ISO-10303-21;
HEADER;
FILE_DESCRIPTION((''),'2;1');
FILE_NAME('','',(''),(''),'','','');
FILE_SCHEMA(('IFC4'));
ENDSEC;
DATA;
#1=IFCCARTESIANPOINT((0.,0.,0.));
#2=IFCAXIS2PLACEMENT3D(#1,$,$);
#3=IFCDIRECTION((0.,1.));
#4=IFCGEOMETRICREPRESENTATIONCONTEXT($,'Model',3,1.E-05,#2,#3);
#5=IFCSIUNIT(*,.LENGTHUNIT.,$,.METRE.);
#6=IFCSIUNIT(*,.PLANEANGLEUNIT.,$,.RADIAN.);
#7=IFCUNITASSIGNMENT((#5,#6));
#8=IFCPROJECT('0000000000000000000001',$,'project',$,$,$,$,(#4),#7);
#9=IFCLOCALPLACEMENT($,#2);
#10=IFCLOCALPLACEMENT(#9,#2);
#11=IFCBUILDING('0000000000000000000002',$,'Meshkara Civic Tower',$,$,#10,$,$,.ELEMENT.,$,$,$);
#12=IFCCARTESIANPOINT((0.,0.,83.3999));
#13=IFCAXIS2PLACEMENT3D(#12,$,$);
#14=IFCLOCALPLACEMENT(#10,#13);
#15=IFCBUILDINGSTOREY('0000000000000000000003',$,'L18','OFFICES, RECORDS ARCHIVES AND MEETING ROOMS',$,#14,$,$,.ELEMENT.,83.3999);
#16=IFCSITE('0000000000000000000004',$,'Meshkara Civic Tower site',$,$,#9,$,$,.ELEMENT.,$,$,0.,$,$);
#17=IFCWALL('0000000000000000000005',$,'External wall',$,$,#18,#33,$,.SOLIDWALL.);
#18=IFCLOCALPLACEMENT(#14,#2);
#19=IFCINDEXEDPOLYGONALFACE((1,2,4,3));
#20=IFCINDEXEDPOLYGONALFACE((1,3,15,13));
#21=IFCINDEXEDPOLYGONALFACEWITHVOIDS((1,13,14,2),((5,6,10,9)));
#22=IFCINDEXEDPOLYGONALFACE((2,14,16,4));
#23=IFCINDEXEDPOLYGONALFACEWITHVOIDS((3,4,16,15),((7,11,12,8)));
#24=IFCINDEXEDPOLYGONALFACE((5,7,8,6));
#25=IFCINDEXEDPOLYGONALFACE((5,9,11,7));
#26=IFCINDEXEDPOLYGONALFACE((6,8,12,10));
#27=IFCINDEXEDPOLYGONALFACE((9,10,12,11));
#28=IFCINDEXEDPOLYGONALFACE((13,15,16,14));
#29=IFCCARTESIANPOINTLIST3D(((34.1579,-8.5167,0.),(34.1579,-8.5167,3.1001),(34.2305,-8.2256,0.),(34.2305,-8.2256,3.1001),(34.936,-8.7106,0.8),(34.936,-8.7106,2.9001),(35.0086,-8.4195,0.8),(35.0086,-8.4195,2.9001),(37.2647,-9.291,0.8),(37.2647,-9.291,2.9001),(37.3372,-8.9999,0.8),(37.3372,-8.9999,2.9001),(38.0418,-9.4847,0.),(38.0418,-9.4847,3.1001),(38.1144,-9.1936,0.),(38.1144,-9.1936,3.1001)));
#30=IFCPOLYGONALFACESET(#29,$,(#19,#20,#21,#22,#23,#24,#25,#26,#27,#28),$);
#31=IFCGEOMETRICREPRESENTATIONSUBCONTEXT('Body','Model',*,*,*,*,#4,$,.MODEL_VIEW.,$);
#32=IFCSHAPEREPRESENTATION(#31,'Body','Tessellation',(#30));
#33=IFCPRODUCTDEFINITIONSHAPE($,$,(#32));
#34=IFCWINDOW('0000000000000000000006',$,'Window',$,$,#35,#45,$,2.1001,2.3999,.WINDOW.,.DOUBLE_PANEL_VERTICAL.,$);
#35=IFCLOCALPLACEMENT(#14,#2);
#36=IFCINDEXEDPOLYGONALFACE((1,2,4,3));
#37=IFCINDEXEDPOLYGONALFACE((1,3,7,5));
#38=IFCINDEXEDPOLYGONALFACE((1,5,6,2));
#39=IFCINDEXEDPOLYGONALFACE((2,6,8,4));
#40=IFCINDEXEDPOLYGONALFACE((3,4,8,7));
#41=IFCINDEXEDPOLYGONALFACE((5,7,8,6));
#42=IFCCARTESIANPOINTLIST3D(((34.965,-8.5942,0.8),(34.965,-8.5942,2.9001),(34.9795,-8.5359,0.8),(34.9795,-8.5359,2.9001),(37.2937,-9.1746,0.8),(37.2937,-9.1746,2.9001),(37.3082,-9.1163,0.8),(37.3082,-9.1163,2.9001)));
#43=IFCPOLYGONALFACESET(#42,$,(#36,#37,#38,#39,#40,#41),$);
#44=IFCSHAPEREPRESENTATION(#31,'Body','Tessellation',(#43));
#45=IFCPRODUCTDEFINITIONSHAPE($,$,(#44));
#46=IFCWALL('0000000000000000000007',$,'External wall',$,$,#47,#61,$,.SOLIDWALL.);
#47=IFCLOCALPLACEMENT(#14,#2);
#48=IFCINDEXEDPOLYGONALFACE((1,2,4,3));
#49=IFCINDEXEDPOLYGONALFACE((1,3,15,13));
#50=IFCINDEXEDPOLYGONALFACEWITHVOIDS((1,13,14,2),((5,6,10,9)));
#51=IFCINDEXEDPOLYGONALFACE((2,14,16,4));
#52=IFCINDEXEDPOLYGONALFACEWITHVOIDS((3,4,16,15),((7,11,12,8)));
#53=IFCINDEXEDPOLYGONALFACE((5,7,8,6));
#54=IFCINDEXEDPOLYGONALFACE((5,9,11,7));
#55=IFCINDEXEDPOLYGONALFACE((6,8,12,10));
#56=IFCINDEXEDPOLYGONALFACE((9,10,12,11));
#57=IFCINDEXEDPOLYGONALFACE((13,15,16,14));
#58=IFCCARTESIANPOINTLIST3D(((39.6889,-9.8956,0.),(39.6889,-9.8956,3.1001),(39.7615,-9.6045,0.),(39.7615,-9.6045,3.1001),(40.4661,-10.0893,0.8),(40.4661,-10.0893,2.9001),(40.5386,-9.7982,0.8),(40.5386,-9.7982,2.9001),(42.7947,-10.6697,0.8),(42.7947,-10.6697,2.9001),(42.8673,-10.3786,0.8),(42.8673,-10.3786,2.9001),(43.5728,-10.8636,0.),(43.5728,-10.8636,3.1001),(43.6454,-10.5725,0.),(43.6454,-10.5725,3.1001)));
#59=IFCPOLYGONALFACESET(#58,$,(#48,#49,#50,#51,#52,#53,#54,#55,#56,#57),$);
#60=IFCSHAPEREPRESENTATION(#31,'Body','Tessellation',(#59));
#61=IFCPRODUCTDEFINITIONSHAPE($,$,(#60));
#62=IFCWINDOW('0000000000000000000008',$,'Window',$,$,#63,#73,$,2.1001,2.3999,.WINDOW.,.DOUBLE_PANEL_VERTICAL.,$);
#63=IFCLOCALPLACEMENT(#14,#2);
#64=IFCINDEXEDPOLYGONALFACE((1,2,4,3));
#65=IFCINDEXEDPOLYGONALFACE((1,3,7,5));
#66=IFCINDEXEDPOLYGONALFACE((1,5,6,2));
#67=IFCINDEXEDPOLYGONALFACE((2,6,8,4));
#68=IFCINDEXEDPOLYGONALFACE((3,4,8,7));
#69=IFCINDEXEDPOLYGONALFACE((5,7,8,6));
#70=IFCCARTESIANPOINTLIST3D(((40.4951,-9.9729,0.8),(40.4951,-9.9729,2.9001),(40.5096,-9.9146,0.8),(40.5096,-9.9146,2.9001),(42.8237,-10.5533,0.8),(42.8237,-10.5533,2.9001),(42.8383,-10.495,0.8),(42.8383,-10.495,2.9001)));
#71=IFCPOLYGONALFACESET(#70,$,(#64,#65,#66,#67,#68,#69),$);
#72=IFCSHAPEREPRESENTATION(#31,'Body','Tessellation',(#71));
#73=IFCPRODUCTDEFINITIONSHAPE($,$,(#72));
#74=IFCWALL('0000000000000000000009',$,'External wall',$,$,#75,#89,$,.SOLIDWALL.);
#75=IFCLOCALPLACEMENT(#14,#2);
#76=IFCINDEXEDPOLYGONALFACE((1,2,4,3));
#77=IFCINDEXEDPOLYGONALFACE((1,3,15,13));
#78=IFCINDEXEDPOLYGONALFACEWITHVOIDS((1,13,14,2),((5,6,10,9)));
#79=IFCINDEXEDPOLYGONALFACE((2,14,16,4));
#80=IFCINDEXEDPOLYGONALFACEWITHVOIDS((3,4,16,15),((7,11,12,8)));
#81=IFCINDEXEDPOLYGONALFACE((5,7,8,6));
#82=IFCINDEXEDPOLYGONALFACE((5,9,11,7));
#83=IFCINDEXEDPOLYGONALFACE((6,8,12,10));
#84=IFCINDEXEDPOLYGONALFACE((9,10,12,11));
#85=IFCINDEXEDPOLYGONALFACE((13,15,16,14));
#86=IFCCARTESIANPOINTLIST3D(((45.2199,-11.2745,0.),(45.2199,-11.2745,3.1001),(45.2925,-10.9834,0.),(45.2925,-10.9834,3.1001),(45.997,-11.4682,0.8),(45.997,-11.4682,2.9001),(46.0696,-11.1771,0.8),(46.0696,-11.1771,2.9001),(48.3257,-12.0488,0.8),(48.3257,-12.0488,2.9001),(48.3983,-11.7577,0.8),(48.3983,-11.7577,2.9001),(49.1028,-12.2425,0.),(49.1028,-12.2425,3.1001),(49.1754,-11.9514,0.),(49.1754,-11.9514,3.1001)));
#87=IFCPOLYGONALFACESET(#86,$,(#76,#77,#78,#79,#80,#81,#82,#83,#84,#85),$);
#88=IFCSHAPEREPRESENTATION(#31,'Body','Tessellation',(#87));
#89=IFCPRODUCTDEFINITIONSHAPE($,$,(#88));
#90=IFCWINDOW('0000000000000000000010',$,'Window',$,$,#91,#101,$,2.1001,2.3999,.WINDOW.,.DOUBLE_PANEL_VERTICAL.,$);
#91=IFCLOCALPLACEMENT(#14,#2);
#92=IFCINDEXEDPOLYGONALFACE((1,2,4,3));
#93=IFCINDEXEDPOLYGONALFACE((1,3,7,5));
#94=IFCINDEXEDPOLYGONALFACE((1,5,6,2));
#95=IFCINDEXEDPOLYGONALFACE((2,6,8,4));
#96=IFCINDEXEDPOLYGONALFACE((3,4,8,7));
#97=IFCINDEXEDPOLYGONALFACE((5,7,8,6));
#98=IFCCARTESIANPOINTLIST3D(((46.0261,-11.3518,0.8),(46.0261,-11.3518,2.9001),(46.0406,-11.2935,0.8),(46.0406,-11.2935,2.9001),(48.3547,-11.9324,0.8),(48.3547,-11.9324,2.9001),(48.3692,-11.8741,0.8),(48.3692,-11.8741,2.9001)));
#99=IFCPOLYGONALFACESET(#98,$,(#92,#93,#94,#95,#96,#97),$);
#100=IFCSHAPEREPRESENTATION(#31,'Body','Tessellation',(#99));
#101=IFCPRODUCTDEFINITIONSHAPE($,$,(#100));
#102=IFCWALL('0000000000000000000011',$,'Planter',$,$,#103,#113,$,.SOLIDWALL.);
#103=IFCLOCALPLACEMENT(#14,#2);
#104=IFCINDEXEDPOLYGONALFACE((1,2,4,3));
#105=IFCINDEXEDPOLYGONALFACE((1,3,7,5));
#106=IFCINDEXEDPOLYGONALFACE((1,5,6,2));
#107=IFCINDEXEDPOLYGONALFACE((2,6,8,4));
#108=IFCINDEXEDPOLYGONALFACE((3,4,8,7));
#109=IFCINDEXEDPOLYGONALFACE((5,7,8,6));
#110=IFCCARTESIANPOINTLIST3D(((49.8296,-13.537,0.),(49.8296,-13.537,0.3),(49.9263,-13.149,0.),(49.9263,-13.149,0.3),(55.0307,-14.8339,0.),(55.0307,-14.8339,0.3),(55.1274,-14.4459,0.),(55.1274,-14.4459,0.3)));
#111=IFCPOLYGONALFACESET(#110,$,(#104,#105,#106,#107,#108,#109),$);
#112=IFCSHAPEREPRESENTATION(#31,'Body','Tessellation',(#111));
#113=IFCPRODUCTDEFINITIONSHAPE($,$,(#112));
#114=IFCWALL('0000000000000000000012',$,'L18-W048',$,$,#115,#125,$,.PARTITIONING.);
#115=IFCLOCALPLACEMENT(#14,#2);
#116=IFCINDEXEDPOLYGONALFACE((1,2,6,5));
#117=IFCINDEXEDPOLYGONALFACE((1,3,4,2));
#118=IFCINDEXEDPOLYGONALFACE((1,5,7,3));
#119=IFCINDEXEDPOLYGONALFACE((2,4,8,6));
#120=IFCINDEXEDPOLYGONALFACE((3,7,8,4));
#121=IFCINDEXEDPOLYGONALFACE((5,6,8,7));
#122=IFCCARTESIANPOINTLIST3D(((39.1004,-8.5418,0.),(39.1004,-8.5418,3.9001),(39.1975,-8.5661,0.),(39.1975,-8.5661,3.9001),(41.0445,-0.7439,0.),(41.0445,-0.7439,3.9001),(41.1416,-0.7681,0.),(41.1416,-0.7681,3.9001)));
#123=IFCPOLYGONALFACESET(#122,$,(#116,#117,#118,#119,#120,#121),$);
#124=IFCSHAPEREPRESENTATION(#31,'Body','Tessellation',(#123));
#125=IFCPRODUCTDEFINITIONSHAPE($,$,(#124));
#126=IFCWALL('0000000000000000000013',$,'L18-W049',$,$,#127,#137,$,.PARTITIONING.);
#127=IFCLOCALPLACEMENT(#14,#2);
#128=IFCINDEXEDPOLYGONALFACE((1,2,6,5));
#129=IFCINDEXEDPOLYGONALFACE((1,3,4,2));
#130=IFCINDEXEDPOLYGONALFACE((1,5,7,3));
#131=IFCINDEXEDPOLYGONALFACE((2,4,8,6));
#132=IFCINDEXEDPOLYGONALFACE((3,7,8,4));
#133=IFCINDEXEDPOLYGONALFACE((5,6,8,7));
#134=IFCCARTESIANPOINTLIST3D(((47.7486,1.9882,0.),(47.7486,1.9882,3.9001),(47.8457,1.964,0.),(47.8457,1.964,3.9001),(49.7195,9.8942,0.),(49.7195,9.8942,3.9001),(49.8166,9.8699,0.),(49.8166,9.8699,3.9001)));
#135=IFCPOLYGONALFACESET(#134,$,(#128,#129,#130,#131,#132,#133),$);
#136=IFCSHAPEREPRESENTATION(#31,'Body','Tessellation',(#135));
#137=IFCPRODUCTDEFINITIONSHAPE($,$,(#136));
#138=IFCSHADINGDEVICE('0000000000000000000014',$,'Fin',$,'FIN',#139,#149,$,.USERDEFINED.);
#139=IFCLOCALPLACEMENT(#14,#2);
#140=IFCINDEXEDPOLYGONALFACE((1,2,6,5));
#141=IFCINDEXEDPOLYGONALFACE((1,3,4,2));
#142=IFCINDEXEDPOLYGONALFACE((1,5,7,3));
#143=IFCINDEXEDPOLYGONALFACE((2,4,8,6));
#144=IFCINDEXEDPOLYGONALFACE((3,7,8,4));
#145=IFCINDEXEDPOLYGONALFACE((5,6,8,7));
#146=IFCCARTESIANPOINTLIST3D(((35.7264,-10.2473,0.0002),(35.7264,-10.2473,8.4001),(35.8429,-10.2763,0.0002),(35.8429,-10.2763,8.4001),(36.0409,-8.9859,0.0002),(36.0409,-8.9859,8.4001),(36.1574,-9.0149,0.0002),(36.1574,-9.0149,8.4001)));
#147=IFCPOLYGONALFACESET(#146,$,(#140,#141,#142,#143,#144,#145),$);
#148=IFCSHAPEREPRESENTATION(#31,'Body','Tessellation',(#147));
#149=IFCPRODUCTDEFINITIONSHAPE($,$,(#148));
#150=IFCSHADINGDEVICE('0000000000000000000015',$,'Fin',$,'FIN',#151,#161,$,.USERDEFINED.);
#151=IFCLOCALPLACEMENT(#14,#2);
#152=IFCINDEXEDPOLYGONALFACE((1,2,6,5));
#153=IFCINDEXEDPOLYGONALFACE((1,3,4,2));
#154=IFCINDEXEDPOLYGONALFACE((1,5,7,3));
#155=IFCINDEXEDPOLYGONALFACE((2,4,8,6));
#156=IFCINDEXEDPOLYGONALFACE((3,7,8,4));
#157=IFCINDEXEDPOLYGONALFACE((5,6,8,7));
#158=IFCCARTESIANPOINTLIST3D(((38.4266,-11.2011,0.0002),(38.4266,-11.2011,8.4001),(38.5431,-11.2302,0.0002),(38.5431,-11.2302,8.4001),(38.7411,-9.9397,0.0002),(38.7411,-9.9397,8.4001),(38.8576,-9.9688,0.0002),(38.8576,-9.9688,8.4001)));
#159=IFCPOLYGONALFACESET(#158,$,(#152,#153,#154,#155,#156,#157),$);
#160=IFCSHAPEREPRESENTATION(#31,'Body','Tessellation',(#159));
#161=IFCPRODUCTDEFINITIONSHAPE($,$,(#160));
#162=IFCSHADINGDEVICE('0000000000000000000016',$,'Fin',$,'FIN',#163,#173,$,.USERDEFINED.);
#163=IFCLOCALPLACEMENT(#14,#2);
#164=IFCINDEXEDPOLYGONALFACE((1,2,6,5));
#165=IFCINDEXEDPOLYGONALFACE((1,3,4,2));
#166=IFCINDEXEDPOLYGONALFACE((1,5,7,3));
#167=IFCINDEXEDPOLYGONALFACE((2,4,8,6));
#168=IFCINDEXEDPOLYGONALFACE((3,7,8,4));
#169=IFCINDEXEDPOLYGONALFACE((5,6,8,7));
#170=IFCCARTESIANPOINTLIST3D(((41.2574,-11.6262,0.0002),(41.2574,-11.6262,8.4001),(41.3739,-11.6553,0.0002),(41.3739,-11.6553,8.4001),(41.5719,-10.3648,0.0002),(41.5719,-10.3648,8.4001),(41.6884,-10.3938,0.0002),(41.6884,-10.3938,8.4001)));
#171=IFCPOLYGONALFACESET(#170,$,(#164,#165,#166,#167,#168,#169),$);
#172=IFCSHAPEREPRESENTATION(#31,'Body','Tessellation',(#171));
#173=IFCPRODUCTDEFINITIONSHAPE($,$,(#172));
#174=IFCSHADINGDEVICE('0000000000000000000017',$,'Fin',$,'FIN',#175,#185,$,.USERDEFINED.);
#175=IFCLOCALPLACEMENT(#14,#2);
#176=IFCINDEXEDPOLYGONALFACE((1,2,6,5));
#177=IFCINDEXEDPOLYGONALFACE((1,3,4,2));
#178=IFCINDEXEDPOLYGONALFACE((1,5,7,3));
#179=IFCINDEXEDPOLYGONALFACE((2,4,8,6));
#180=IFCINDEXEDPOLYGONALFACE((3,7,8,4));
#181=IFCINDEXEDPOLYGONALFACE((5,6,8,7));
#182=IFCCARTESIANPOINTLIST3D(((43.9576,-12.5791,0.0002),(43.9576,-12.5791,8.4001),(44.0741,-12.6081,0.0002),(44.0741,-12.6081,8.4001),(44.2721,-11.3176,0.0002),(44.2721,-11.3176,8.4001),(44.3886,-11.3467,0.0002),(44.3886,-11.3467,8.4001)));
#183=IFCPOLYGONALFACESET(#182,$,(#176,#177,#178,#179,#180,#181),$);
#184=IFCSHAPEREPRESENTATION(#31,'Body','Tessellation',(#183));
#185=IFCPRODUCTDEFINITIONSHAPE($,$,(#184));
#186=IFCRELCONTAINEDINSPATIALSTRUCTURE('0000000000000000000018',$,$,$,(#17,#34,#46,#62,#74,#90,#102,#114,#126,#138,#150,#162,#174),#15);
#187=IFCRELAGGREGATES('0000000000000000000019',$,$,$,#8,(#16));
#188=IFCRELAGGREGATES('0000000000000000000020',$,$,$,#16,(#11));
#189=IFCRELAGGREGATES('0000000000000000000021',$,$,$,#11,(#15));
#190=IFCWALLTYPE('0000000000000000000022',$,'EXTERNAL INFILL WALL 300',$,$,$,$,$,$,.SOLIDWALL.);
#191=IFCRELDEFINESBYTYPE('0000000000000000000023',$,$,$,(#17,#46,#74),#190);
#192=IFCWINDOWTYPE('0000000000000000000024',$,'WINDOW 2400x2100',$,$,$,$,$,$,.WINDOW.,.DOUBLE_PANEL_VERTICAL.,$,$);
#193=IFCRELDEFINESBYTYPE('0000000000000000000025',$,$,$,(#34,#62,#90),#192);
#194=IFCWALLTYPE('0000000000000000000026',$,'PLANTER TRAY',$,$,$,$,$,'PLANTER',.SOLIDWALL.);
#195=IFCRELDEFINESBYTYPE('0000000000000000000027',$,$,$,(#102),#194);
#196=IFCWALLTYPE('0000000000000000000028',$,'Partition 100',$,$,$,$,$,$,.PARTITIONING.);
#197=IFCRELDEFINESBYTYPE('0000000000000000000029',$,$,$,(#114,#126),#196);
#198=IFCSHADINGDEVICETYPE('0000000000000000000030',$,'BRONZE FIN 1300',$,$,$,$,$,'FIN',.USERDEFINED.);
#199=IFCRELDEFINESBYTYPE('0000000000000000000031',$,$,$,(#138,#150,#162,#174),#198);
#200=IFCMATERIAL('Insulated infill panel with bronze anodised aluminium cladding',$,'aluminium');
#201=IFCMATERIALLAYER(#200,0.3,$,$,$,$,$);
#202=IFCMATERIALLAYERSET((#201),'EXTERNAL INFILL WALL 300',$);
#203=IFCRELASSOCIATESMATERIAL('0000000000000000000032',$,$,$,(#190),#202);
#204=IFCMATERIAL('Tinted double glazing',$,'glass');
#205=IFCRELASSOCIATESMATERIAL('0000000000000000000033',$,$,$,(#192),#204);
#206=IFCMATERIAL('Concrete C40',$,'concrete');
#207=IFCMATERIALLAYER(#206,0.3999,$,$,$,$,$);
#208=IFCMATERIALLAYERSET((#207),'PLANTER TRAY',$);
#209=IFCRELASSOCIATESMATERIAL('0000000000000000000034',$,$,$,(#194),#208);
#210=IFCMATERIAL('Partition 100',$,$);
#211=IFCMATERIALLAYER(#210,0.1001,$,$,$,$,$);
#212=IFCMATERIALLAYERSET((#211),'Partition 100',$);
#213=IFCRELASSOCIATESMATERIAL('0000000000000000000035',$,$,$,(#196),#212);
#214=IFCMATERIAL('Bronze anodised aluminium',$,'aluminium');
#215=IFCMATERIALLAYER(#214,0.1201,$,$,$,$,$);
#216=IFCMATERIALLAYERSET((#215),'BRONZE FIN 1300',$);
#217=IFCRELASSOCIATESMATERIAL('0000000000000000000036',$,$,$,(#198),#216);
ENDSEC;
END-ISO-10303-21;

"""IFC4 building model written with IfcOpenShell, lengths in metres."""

from ifc_helpers import new_model, si_unit, direction, frame, frame_2d, origin, origin_2d, place, context, subcontext, project, spatial, rectangle, extrude, material, layer, layer_set, type_object, element, fill, save


model = new_model("IFC4")

# Units and contexts
model_context = context("Model", 3, precision=1e-05, world=origin(), true_north=direction((0.0, 1.0)))
body_context = subcontext(model_context, "Body", "Model", "MODEL_VIEW")
ifc_project = project(units=[si_unit("LENGTHUNIT", "METRE"), si_unit("PLANEANGLEUNIT", "RADIAN")], contexts=[model_context])

# Site, building, storey
site_placement = place(None, origin())
site = spatial("IfcSite", under=ifc_project, at=site_placement, Name="Meshkara Civic Tower site", CompositionType="ELEMENT", RefElevation=0.0)
building_placement = place(site_placement, origin())
building = spatial("IfcBuilding", under=site, at=building_placement, Name="Meshkara Civic Tower", CompositionType="ELEMENT")
storey_placement = place(building_placement, frame((0.0, 0.0, 83.3999)))
storey = spatial("IfcBuildingStorey", under=building, at=storey_placement, Name="L18", Description="OFFICES, RECORDS ARCHIVES AND MEETING ROOMS", CompositionType="ELEMENT", Elevation=83.3999)

# Walls, openings, windows
ifc_material_1 = material(Name="Insulated infill panel with bronze anodised aluminium cladding", Category="aluminium")
ifc_layer_1 = layer(ifc_material_1, 0.3)
ifc_layer_set_1 = layer_set([ifc_layer_1], Name="EXTERNAL INFILL WALL 300")
wall_type_1 = type_object("IfcWallType", Name="EXTERNAL INFILL WALL 300", PredefinedType="SOLIDWALL", material=ifc_layer_set_1)
ifc_material_2 = material(Name="Tinted double glazing", Category="glass")
window_type = type_object("IfcWindowType", Name="WINDOW 2400x2100", PartitioningType="DOUBLE_PANEL_VERTICAL", PredefinedType="WINDOW", material=ifc_material_2)
wall_1_placement = place(storey_placement, frame((34.1941, -8.3711, 0.0), z_axis=(0.0, 0.0, 1.0), x_axis=(0.970314, -0.241847, 0.0)))
wall_1 = element("IfcWall", 1, at=wall_1_placement, inside=storey, type_object=wall_type_1, Name="External wall", PredefinedType="SOLIDWALL", context=body_context, shape_type="SweptSolid", body=[
    extrude(rectangle(XDim=4.0027, YDim=0.3, at=frame_2d((2.0015, 0.0))), origin(), (0.0, 0.0, 1.0), 3.1001),
])
opening_1_placement = place(wall_1_placement, frame((0.802, 0.0, 0.8)))
opening_1 = element("IfcOpeningElement", 2, at=opening_1_placement, cuts=wall_1, PredefinedType="OPENING", context=body_context, shape_type="SweptSolid", body=[
    extrude(rectangle(XDim=2.3999, YDim=2.1001, at=frame_2d((1.2, 1.05))), frame((0.0, 0.1599, 0.0), z_axis=(0.0, -1.0, 0.0), x_axis=(1.0, 0.0, 0.0)), (0.0, 0.0, 1.0), 0.3201),
])
window_1_placement = place(opening_1_placement, origin())
window_1 = element("IfcWindow", 3, at=window_1_placement, inside=storey, type_object=window_type, Name="Window", OverallHeight=2.1001, OverallWidth=2.3999, PartitioningType="DOUBLE_PANEL_VERTICAL", PredefinedType="WINDOW", context=body_context, shape_type="SweptSolid", body=[
    extrude(rectangle(XDim=2.3999, YDim=2.1001, at=frame_2d((1.2, 1.05))), frame((0.0, 0.03, 0.0), z_axis=(0.0, -1.0, 0.0), x_axis=(1.0, 0.0, 0.0)), (0.0, 0.0, 1.0), 0.0601),
])
fill(opening_1, window_1)
wall_2_placement = place(storey_placement, frame((39.7251, -9.75, 0.0), z_axis=(0.0, 0.0, 1.0), x_axis=(0.970314, -0.241847, 0.0)))
wall_2 = element("IfcWall", 4, at=wall_2_placement, inside=storey, type_object=wall_type_1, Name="External wall", PredefinedType="SOLIDWALL", context=body_context, shape_type="SweptSolid", body=[
    extrude(rectangle(XDim=4.0027, YDim=0.3, at=frame_2d((2.0015, 0.0))), origin(), (0.0, 0.0, 1.0), 3.1001),
])
opening_2_placement = place(wall_2_placement, frame((0.801, 0.0, 0.8)))
opening_2 = element("IfcOpeningElement", 5, at=opening_2_placement, cuts=wall_2, PredefinedType="OPENING", context=body_context, shape_type="SweptSolid", body=[
    extrude(rectangle(XDim=2.3999, YDim=2.1001, at=frame_2d((1.2, 1.05))), frame((0.0, 0.1599, 0.0), z_axis=(0.0, -1.0, 0.0), x_axis=(1.0, 0.0, 0.0)), (0.0, 0.0, 1.0), 0.3201),
])
window_2_placement = place(opening_2_placement, origin())
window_2 = element("IfcWindow", 6, at=window_2_placement, inside=storey, type_object=window_type, Name="Window", OverallHeight=2.1001, OverallWidth=2.3999, PartitioningType="DOUBLE_PANEL_VERTICAL", PredefinedType="WINDOW", context=body_context, shape_type="SweptSolid", body=[
    extrude(rectangle(XDim=2.3999, YDim=2.1001, at=frame_2d((1.2, 1.05))), frame((0.0, 0.03, 0.0), z_axis=(0.0, -1.0, 0.0), x_axis=(1.0, 0.0, 0.0)), (0.0, 0.0, 1.0), 0.0601),
])
fill(opening_2, window_2)
wall_3_placement = place(storey_placement, frame((45.2561, -11.1289, 0.0), z_axis=(0.0, 0.0, 1.0), x_axis=(0.9703, -0.241904, 0.0)))
wall_3 = element("IfcWall", 7, at=wall_3_placement, inside=storey, type_object=wall_type_1, Name="External wall", PredefinedType="SOLIDWALL", context=body_context, shape_type="SweptSolid", body=[
    extrude(rectangle(XDim=4.0017, YDim=0.3, at=frame_2d((2.001, 0.0))), origin(), (0.0, 0.0, 1.0), 3.1001),
])
opening_3_placement = place(wall_3_placement, frame((0.801, 0.0, 0.8)))
opening_3 = element("IfcOpeningElement", 8, at=opening_3_placement, cuts=wall_3, PredefinedType="OPENING", context=body_context, shape_type="SweptSolid", body=[
    extrude(rectangle(XDim=2.3999, YDim=2.1001, at=frame_2d((1.2, 1.05))), frame((0.0, 0.1599, 0.0), z_axis=(0.0, -1.0, 0.0), x_axis=(1.0, 0.0, 0.0)), (0.0, 0.0, 1.0), 0.3201),
])
window_3_placement = place(opening_3_placement, origin())
window_3 = element("IfcWindow", 9, at=window_3_placement, inside=storey, type_object=window_type, Name="Window", OverallHeight=2.1001, OverallWidth=2.3999, PartitioningType="DOUBLE_PANEL_VERTICAL", PredefinedType="WINDOW", context=body_context, shape_type="SweptSolid", body=[
    extrude(rectangle(XDim=2.3999, YDim=2.1001, at=frame_2d((1.2, 1.05))), frame((0.0, 0.03, 0.0), z_axis=(0.0, -1.0, 0.0), x_axis=(1.0, 0.0, 0.0)), (0.0, 0.0, 1.0), 0.0601),
])
fill(opening_3, window_3)

# Walls
ifc_material_3 = material(Name="Concrete C40", Category="concrete")
ifc_layer_2 = layer(ifc_material_3, 0.3999)
ifc_layer_set_2 = layer_set([ifc_layer_2], Name="PLANTER TRAY")
wall_type_2 = type_object("IfcWallType", Name="PLANTER TRAY", ElementType="PLANTER", PredefinedType="SOLIDWALL", material=ifc_layer_set_2)
wall_4_placement = place(storey_placement, frame((49.8779, -13.343, 0.0), z_axis=(0.0, 0.0, 1.0), x_axis=(0.970292, -0.241935, 0.0)))
element("IfcWall", 10, at=wall_4_placement, inside=storey, type_object=wall_type_2, Name="Planter", PredefinedType="SOLIDWALL", context=body_context, shape_type="SweptSolid", body=[
    extrude(rectangle(XDim=5.3604, YDim=0.3999, at=frame_2d((2.6802, 0.0))), origin(), (0.0, 0.0, 1.0), 0.3),
])
ifc_material_4 = material(Name="Partition 100")
ifc_layer_3 = layer(ifc_material_4, 0.1001)
ifc_layer_set_3 = layer_set([ifc_layer_3], Name="Partition 100")
wall_type_3 = type_object("IfcWallType", Name="Partition 100", PredefinedType="PARTITIONING", material=ifc_layer_set_3)
wall_5_placement = place(storey_placement, frame((39.1489, -8.554, 0.0), z_axis=(0.0, 0.0, 1.0), x_axis=(0.241907, 0.9703, 0.0)))
element("IfcWall", 11, at=wall_5_placement, inside=storey, type_object=wall_type_3, Name="L18-W048", PredefinedType="PARTITIONING", context=body_context, shape_type="SweptSolid", body=[
    extrude(rectangle(XDim=8.0366, YDim=0.1001, at=frame_2d((4.0183, 0.0))), origin(), (0.0, 0.0, 1.0), 3.9001),
])
wall_6_placement = place(storey_placement, frame((47.7971, 1.9761, 0.0), z_axis=(0.0, 0.0, 1.0), x_axis=(0.241894, 0.970303, 0.0)))
element("IfcWall", 12, at=wall_6_placement, inside=storey, type_object=wall_type_3, Name="L18-W049", PredefinedType="PARTITIONING", context=body_context, shape_type="SweptSolid", body=[
    extrude(rectangle(XDim=8.1479, YDim=0.1001, at=frame_2d((4.074, 0.0))), origin(), (0.0, 0.0, 1.0), 3.9001),
])

# Shading devices
ifc_material_5 = material(Name="Bronze anodised aluminium", Category="aluminium")
ifc_layer_4 = layer(ifc_material_5, 0.1201)
ifc_layer_set_4 = layer_set([ifc_layer_4], Name="BRONZE FIN 1300")
shading_device_type = type_object("IfcShadingDeviceType", Name="BRONZE FIN 1300", ElementType="FIN", PredefinedType="USERDEFINED", material=ifc_layer_set_4)
for number, where, z_axis, x_axis, name in (
    (13, (35.9419, -9.6311, 0.0002), (0.0, 0.0, 1.0), (0.970296, -0.241922, 0.0), "Fin"),
    (14, (38.6421, -10.585, 0.0002), (0.0, 0.0, 1.0), (0.970296, -0.241922, 0.0), "Fin"),
    (15, (41.4729, -11.01, 0.0002), (0.0, 0.0, 1.0), (0.970296, -0.241922, 0.0), "Fin"),
    (16, (44.1731, -11.9629, 0.0002), (0.0, 0.0, 1.0), (0.970296, -0.241922, 0.0), "Fin"),
):
    element("IfcShadingDevice", number, at=place(storey_placement, frame(where, z_axis=z_axis, x_axis=x_axis)), inside=storey, type_object=shading_device_type, Name=name, ObjectType="FIN", PredefinedType="USERDEFINED", context=body_context, shape_type="SweptSolid", body=[
        extrude(rectangle(XDim=0.1201, YDim=1.3, at=origin_2d()), origin(), (0.0, 0.0, 1.0), 8.3999),
    ])

save(model, "model.ifc")
